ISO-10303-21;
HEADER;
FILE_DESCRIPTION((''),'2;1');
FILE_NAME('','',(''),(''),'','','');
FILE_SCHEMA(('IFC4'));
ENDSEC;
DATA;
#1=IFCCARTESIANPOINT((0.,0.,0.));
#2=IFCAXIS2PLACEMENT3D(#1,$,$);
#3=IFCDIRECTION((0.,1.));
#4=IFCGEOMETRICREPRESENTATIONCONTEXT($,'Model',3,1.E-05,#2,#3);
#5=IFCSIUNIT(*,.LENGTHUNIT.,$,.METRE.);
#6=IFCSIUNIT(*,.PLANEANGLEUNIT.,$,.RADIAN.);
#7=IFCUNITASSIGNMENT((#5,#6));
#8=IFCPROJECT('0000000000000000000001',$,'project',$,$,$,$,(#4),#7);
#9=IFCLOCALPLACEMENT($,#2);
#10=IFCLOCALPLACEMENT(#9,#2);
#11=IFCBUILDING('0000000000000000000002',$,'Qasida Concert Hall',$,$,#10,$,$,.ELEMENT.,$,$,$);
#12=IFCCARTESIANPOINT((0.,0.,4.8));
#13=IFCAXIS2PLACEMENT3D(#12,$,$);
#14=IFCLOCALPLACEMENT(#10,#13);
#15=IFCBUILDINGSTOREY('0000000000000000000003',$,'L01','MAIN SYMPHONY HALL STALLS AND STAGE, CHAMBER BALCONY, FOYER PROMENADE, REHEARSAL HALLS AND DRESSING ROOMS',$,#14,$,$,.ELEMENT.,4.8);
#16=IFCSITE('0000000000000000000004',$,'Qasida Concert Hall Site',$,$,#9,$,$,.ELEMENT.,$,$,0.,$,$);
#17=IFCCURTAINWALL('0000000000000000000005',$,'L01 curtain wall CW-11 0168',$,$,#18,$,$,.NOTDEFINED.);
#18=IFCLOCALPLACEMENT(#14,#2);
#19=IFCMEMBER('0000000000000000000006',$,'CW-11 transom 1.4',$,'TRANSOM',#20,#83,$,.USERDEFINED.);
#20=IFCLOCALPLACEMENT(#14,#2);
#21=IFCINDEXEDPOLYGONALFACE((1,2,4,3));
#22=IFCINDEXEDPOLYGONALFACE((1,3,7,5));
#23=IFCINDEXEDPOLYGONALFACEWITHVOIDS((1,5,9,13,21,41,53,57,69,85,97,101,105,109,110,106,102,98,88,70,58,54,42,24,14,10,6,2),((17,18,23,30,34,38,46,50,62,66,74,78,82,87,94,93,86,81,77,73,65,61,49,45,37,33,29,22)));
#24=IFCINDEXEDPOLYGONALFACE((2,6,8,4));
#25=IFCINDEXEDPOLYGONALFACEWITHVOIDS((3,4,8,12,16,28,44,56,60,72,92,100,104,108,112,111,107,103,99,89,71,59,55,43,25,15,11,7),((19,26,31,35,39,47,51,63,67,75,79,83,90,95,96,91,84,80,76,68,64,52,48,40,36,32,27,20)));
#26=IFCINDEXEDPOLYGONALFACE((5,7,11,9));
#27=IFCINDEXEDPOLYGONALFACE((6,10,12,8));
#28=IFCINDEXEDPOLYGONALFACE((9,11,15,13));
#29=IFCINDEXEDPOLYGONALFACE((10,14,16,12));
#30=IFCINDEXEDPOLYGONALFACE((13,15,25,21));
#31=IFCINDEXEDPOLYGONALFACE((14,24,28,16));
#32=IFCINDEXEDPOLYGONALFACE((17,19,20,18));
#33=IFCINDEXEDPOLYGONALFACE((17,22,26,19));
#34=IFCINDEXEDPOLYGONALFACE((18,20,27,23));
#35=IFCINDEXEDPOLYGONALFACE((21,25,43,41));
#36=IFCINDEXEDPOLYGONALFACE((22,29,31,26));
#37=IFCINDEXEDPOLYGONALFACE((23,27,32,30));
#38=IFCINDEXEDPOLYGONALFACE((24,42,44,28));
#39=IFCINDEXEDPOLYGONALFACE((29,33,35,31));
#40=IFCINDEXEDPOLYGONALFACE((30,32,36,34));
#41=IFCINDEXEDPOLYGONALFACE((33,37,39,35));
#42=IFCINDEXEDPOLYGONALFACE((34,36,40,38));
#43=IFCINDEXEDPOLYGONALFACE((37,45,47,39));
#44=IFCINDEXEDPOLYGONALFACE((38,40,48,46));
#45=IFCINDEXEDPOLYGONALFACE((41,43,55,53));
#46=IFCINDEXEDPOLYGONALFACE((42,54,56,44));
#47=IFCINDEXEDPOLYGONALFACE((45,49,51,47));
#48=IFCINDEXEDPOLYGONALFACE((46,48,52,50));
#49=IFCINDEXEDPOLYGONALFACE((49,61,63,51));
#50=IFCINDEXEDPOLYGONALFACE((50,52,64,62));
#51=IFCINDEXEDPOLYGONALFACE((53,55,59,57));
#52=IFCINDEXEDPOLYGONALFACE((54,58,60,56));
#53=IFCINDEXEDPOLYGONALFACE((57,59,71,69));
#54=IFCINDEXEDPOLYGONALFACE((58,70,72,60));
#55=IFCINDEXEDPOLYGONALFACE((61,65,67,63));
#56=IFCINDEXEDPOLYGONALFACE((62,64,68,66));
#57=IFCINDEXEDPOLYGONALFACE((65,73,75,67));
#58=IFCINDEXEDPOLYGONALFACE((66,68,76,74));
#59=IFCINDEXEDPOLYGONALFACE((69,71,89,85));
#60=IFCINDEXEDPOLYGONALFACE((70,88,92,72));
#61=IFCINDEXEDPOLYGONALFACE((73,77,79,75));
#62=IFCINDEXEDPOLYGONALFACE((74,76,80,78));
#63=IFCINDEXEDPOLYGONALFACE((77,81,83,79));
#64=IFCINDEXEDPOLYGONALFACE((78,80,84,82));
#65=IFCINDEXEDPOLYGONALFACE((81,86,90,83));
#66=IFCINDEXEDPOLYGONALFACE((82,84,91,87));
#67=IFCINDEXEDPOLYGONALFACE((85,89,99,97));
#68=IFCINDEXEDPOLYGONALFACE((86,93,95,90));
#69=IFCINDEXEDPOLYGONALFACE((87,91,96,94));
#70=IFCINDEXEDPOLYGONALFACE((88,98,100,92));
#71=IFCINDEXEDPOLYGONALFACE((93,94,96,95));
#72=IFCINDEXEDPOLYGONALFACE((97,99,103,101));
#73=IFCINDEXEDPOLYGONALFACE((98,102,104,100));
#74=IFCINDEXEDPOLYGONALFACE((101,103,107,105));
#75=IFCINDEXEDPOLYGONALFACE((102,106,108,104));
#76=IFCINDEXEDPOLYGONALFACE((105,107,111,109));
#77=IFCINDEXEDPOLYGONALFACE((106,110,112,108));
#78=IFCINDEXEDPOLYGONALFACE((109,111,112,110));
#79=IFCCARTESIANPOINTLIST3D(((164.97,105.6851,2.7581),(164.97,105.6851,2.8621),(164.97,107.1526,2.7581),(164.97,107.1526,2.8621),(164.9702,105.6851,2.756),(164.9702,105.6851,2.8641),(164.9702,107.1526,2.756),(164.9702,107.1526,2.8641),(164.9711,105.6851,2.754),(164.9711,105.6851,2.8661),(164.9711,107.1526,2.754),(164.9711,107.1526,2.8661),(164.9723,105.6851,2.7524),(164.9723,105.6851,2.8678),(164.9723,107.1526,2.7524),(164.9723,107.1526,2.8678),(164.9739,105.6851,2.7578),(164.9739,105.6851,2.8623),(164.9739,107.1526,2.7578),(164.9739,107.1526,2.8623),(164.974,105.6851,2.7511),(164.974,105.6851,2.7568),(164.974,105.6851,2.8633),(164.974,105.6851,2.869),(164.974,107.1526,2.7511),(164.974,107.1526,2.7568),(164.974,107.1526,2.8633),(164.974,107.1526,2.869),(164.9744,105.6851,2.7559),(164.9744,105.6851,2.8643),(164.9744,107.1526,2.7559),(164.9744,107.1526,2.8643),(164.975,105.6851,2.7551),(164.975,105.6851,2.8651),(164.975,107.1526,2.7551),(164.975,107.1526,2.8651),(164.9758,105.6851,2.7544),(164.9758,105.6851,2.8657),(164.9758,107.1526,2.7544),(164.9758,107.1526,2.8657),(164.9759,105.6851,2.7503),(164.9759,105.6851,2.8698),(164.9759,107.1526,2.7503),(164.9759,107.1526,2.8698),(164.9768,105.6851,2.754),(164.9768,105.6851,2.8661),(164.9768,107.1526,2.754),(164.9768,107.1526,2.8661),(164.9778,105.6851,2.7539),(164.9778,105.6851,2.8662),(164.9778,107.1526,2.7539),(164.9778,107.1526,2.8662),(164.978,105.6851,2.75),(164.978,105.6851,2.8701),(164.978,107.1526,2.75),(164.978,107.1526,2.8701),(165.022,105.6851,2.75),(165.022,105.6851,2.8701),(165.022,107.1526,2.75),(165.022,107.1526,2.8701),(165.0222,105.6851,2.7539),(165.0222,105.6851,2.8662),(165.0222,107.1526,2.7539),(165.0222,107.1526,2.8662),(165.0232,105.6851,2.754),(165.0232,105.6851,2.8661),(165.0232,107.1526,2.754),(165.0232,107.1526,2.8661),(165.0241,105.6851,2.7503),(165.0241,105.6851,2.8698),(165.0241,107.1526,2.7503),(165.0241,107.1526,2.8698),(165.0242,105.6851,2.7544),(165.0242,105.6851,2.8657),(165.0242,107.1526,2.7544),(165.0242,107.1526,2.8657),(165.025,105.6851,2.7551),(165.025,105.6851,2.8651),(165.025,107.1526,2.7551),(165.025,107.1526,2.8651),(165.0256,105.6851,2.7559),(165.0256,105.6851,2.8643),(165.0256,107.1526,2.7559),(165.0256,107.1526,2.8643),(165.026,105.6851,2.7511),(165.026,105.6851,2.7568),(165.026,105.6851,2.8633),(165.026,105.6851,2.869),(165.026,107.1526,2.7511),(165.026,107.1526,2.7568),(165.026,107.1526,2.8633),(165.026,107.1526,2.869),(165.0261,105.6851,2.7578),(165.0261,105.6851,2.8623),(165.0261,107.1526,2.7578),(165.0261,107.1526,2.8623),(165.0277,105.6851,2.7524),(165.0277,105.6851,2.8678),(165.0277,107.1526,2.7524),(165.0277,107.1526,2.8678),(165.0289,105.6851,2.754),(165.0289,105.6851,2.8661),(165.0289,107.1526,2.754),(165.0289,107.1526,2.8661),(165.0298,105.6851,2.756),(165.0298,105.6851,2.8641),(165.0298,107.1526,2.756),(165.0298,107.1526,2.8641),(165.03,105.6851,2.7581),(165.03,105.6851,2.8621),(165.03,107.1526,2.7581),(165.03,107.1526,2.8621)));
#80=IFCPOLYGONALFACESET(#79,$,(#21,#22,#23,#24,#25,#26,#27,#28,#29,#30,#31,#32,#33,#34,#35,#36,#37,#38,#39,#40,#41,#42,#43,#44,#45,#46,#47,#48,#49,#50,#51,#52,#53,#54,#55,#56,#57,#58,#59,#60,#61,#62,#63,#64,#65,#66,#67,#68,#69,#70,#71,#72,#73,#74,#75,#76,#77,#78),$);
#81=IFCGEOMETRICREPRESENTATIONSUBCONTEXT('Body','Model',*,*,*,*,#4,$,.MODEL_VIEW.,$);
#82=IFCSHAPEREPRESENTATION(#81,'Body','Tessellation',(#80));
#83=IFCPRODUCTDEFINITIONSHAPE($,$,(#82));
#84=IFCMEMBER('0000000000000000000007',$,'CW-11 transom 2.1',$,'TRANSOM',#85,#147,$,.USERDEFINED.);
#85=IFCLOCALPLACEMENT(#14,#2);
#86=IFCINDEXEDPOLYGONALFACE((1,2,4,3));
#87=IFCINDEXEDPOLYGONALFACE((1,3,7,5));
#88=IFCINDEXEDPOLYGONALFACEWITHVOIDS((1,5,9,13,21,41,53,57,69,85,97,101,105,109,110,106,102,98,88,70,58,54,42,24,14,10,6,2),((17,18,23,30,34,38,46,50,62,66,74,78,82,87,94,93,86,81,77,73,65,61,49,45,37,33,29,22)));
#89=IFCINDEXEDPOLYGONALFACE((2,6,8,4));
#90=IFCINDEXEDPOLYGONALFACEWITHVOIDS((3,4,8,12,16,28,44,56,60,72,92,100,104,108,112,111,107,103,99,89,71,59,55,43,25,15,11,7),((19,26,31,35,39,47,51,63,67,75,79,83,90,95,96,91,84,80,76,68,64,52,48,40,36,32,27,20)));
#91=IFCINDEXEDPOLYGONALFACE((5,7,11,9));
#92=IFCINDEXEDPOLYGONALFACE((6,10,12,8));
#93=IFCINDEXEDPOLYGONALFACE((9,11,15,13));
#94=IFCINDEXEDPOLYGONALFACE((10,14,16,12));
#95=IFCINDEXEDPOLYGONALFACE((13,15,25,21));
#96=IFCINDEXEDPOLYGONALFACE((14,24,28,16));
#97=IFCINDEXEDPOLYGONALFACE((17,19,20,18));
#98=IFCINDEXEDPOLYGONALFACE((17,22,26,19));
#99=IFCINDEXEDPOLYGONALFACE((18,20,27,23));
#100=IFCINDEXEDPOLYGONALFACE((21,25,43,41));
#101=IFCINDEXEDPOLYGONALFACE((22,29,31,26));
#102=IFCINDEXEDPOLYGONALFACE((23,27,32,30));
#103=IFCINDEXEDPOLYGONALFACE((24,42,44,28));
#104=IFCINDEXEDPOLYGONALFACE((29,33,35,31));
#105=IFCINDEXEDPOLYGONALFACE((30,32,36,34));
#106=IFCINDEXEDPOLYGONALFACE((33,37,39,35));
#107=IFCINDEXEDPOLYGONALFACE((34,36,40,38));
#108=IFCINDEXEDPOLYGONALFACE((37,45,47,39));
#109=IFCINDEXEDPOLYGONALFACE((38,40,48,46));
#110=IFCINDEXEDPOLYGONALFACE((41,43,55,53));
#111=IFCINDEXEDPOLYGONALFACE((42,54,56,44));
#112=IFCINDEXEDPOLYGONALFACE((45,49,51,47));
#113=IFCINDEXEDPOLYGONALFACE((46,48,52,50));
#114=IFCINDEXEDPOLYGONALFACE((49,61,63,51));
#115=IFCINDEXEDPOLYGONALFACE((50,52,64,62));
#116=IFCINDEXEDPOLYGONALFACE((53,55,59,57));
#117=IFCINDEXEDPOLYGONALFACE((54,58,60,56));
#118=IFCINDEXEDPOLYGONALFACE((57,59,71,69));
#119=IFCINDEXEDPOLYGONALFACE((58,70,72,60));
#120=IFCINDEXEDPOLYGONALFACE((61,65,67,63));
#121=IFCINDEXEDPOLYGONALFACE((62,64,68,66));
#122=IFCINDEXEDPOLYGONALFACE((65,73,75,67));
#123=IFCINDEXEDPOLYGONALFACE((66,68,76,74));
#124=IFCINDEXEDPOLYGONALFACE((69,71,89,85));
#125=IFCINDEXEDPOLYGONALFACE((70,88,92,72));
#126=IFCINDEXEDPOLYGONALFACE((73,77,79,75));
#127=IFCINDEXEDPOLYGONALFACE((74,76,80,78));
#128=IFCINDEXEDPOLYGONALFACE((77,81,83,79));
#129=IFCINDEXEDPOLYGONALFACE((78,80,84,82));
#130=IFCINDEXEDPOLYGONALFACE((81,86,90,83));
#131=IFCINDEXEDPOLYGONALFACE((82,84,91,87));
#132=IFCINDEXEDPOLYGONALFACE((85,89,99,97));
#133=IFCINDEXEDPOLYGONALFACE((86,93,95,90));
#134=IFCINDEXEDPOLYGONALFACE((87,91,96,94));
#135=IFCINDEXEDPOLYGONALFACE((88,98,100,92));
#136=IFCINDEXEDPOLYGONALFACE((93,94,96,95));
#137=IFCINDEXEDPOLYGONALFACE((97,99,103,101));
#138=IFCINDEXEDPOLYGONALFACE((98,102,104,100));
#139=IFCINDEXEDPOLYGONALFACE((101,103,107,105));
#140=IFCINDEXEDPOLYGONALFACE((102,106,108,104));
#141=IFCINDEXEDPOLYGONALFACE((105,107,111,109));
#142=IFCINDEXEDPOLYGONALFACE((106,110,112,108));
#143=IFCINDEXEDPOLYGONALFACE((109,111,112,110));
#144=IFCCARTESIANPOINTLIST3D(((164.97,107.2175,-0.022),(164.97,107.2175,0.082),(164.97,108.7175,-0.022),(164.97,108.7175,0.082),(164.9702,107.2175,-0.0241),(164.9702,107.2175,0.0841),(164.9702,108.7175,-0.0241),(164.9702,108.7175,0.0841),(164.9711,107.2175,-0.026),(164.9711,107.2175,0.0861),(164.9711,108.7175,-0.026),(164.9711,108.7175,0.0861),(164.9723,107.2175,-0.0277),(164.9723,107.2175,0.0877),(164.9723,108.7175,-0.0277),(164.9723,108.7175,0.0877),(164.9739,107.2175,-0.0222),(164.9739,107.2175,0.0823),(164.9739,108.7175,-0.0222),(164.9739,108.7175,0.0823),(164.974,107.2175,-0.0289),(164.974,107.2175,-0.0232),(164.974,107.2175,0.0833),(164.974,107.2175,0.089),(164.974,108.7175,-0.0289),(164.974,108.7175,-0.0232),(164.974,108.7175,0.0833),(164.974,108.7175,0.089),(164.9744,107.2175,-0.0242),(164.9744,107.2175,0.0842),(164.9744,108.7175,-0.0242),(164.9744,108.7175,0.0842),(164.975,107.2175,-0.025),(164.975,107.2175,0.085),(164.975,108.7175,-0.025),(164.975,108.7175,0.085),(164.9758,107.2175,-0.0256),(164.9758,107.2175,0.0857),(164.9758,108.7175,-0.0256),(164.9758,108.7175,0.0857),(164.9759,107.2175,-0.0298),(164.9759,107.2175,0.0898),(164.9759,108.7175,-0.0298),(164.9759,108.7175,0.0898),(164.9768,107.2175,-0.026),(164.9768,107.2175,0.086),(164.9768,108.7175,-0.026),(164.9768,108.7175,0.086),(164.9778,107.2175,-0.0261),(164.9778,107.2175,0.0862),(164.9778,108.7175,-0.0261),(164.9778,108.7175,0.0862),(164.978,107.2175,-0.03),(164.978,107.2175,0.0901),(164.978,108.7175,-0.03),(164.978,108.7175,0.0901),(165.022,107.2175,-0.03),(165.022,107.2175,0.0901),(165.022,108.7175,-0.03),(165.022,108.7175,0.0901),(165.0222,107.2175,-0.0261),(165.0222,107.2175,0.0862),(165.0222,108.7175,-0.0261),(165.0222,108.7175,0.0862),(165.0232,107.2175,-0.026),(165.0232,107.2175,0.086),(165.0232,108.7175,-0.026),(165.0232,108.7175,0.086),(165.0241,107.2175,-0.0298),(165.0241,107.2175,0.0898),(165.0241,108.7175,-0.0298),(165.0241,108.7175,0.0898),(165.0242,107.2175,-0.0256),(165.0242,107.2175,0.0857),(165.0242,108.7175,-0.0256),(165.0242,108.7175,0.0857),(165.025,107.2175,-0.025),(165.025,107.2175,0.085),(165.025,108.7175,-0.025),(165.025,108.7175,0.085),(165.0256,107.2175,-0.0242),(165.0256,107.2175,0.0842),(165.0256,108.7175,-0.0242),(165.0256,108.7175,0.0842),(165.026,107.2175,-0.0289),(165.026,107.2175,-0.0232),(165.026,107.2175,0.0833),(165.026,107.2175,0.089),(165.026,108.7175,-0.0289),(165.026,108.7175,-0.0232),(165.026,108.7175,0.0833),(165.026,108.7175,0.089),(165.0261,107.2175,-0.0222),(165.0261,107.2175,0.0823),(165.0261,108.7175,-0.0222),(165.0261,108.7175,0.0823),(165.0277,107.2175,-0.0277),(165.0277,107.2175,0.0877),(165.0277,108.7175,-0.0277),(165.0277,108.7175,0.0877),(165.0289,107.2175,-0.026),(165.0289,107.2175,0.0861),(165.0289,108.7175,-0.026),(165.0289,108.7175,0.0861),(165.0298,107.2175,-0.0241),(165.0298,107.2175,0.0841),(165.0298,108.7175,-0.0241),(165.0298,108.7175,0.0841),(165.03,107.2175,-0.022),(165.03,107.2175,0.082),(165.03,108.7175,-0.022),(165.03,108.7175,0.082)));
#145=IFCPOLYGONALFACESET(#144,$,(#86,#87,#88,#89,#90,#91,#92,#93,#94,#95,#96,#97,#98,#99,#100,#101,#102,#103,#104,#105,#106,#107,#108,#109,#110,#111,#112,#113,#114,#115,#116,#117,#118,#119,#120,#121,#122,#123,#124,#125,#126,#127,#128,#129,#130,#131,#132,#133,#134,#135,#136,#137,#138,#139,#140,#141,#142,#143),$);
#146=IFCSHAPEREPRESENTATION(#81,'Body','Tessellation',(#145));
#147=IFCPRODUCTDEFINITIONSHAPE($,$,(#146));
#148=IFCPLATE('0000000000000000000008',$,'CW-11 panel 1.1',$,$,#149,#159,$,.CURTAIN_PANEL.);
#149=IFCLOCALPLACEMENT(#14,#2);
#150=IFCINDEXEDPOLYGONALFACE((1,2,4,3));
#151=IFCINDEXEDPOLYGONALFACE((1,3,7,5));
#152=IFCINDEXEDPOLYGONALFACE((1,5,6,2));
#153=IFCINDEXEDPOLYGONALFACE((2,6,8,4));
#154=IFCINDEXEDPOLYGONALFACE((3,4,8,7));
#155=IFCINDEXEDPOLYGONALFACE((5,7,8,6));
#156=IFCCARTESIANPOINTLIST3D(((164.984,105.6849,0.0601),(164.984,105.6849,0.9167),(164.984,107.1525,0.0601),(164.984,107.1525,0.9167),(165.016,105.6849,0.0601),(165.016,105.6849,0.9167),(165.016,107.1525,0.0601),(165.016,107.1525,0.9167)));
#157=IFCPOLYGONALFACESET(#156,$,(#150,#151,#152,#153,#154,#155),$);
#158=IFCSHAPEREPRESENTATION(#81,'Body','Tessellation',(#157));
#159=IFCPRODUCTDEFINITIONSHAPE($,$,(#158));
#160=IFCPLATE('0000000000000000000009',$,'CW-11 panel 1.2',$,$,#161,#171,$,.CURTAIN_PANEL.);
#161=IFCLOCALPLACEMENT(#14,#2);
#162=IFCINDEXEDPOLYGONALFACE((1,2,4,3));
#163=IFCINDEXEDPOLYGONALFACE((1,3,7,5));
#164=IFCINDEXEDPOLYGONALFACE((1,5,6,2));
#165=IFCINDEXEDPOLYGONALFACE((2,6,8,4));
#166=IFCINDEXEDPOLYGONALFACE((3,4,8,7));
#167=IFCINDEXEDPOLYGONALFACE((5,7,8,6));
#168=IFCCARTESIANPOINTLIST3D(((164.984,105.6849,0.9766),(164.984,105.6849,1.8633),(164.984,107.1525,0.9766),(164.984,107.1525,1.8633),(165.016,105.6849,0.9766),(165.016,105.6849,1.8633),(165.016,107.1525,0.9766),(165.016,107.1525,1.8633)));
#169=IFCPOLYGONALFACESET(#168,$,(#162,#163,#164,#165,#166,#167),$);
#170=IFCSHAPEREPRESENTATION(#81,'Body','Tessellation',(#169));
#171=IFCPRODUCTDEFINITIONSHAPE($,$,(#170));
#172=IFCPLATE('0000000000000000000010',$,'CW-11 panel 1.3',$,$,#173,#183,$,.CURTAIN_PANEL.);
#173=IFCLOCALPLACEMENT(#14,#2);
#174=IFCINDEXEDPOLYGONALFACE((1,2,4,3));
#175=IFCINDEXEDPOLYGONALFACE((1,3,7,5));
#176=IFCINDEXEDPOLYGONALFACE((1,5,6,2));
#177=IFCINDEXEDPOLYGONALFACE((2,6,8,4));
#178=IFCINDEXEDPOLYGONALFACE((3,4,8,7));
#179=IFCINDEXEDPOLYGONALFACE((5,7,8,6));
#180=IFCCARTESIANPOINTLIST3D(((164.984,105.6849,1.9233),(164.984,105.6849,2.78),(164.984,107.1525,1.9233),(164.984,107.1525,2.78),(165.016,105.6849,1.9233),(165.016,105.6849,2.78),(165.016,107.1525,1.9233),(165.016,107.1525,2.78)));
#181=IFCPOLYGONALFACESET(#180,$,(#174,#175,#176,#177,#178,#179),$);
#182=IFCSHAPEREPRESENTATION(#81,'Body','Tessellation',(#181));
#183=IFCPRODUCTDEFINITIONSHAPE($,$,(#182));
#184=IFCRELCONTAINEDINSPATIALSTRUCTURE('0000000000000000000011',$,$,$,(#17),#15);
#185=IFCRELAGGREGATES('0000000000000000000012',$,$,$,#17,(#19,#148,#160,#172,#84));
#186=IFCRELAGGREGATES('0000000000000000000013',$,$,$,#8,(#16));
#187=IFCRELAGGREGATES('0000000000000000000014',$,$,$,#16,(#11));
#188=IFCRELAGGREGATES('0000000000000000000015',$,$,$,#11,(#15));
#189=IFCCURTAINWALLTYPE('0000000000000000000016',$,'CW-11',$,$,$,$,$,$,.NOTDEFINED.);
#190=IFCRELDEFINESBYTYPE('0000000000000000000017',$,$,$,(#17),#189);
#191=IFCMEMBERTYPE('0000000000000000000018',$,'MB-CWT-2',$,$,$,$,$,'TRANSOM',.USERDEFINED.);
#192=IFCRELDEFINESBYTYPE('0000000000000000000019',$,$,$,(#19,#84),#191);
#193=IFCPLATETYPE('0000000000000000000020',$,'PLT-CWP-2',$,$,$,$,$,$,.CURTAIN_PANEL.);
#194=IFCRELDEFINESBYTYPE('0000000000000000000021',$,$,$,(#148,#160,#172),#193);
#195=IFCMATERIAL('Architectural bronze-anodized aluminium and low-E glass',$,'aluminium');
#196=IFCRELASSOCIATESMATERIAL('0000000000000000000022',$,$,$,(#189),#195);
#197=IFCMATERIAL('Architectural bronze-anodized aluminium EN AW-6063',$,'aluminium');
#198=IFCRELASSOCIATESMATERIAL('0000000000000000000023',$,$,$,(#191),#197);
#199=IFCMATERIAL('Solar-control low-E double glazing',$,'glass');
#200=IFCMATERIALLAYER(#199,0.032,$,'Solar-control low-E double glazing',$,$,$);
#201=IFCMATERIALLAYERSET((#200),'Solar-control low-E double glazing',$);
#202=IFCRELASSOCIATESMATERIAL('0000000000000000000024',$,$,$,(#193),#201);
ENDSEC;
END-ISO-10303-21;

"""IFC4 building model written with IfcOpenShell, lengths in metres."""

from ifc_helpers import new_model, si_unit, direction, frame, origin, origin_2d, place, context, subcontext, project, spatial, rectangle, hollow_rectangle, extrude, material, layer, layer_set, material_profile, profile_set, type_object, element, aggregate, save


model = new_model("IFC4")

# Units and contexts
model_context = context("Model", 3, precision=1e-05, world=origin(), true_north=direction((0.0, 1.0)))
body_context = subcontext(model_context, "Body", "Model", "MODEL_VIEW")
ifc_project = project(units=[si_unit("LENGTHUNIT", "METRE"), si_unit("PLANEANGLEUNIT", "RADIAN")], contexts=[model_context])

# Site, building, storey
site_placement = place(None, origin())
site = spatial("IfcSite", under=ifc_project, at=site_placement, Name="Qasida Concert Hall Site", CompositionType="ELEMENT", RefElevation=0.0)
building_placement = place(site_placement, origin())
building = spatial("IfcBuilding", under=site, at=building_placement, Name="Qasida Concert Hall", CompositionType="ELEMENT")
storey_placement = place(building_placement, frame((0.0, 0.0, 4.8)))
storey = spatial("IfcBuildingStorey", under=building, at=storey_placement, Name="L01", Description="MAIN SYMPHONY HALL STALLS AND STAGE, CHAMBER BALCONY, FOYER PROMENADE, REHEARSAL HALLS AND DRESSING ROOMS", CompositionType="ELEMENT", Elevation=4.8)

# Curtain wall, members, plates
ifc_material_1 = material(Name="Architectural bronze-anodized aluminium and low-E glass", Category="aluminium")
curtain_wall_type = type_object("IfcCurtainWallType", Name="CW-11", PredefinedType="NOTDEFINED", material=ifc_material_1)
curtain_wall_placement = place(storey_placement, origin())
curtain_wall = element("IfcCurtainWall", 1, at=curtain_wall_placement, inside=storey, type_object=curtain_wall_type, Name="L01 curtain wall CW-11 0168", PredefinedType="NOTDEFINED")
ifc_material_2 = material(Name="Architectural bronze-anodized aluminium EN AW-6063", Category="aluminium")
ifc_material_profile_1 = material_profile(ifc_material_2, hollow_rectangle(XDim=0.0601, YDim=0.1201, WallThickness=0.0039, InnerFilletRadius=0.0039, OuterFilletRadius=0.0081, at=origin_2d()), Name="CWT 120x60x4")
ifc_profile_set_1 = profile_set([ifc_material_profile_1], Name="Architectural bronze-anodized aluminium EN AW-6063")
member_type_1 = type_object("IfcMemberType", Name="MB-CWT-2", ElementType="TRANSOM", PredefinedType="USERDEFINED", material=ifc_profile_set_1)
member_1_placement = place(storey_placement, frame((165.0, 105.6851, 2.8101), z_axis=(0.0, 1.0, 0.0), x_axis=(-1.0, 0.0, 0.0)))
member_1 = element("IfcMember", 2, at=member_1_placement, type_object=member_type_1, Name="CW-11 transom 1.4", ObjectType="TRANSOM", PredefinedType="USERDEFINED", context=body_context, shape_type="SweptSolid", body=[
    extrude(hollow_rectangle(XDim=0.0601, YDim=0.1201, WallThickness=0.0039, InnerFilletRadius=0.0039, OuterFilletRadius=0.0081, at=origin_2d()), origin(), (0.0, 0.0, 1.0), 1.4675),
])
member_2_placement = place(storey_placement, frame((165.0, 107.2175, 0.03), z_axis=(0.0, 1.0, 0.0), x_axis=(-1.0, 0.0, 0.0)))
member_2 = element("IfcMember", 3, at=member_2_placement, type_object=member_type_1, Name="CW-11 transom 2.1", ObjectType="TRANSOM", PredefinedType="USERDEFINED", context=body_context, shape_type="SweptSolid", body=[
    extrude(hollow_rectangle(XDim=0.0601, YDim=0.1201, WallThickness=0.0039, InnerFilletRadius=0.0039, OuterFilletRadius=0.0081, at=origin_2d()), origin(), (0.0, 0.0, 1.0), 1.5),
])
ifc_material_3 = material(Name="Solar-control low-E double glazing", Category="glass")
ifc_layer_1 = layer(ifc_material_3, 0.032, Name="Solar-control low-E double glazing")
ifc_layer_set_1 = layer_set([ifc_layer_1], Name="Solar-control low-E double glazing")
plate_type = type_object("IfcPlateType", Name="PLT-CWP-2", PredefinedType="CURTAIN_PANEL", material=ifc_layer_set_1)
plate_1_placement = place(storey_placement, frame((165.0, 106.4187, 0.0601), z_axis=(0.0, 0.0, 1.0), x_axis=(0.0, 1.0, 0.0)))
plate_1 = element("IfcPlate", 4, at=plate_1_placement, type_object=plate_type, Name="CW-11 panel 1.1", PredefinedType="CURTAIN_PANEL", context=body_context, shape_type="SweptSolid", body=[
    extrude(rectangle(XDim=1.4675, YDim=0.032, at=origin_2d()), origin(), (0.0, 0.0, 1.0), 0.8567),
])
plate_2_placement = place(storey_placement, frame((165.0, 106.4187, 0.9766), z_axis=(0.0, 0.0, 1.0), x_axis=(0.0, 1.0, 0.0)))
plate_2 = element("IfcPlate", 5, at=plate_2_placement, type_object=plate_type, Name="CW-11 panel 1.2", PredefinedType="CURTAIN_PANEL", context=body_context, shape_type="SweptSolid", body=[
    extrude(rectangle(XDim=1.4675, YDim=0.032, at=origin_2d()), origin(), (0.0, 0.0, 1.0), 0.8867),
])
plate_3_placement = place(storey_placement, frame((165.0, 106.4187, 1.9233), z_axis=(0.0, 0.0, 1.0), x_axis=(0.0, 1.0, 0.0)))
plate_3 = element("IfcPlate", 6, at=plate_3_placement, type_object=plate_type, Name="CW-11 panel 1.3", PredefinedType="CURTAIN_PANEL", context=body_context, shape_type="SweptSolid", body=[
    extrude(rectangle(XDim=1.4675, YDim=0.032, at=origin_2d()), origin(), (0.0, 0.0, 1.0), 0.8567),
])
aggregate(curtain_wall, [member_1, plate_1, plate_2, plate_3, member_2])

save(model, "model.ifc")
